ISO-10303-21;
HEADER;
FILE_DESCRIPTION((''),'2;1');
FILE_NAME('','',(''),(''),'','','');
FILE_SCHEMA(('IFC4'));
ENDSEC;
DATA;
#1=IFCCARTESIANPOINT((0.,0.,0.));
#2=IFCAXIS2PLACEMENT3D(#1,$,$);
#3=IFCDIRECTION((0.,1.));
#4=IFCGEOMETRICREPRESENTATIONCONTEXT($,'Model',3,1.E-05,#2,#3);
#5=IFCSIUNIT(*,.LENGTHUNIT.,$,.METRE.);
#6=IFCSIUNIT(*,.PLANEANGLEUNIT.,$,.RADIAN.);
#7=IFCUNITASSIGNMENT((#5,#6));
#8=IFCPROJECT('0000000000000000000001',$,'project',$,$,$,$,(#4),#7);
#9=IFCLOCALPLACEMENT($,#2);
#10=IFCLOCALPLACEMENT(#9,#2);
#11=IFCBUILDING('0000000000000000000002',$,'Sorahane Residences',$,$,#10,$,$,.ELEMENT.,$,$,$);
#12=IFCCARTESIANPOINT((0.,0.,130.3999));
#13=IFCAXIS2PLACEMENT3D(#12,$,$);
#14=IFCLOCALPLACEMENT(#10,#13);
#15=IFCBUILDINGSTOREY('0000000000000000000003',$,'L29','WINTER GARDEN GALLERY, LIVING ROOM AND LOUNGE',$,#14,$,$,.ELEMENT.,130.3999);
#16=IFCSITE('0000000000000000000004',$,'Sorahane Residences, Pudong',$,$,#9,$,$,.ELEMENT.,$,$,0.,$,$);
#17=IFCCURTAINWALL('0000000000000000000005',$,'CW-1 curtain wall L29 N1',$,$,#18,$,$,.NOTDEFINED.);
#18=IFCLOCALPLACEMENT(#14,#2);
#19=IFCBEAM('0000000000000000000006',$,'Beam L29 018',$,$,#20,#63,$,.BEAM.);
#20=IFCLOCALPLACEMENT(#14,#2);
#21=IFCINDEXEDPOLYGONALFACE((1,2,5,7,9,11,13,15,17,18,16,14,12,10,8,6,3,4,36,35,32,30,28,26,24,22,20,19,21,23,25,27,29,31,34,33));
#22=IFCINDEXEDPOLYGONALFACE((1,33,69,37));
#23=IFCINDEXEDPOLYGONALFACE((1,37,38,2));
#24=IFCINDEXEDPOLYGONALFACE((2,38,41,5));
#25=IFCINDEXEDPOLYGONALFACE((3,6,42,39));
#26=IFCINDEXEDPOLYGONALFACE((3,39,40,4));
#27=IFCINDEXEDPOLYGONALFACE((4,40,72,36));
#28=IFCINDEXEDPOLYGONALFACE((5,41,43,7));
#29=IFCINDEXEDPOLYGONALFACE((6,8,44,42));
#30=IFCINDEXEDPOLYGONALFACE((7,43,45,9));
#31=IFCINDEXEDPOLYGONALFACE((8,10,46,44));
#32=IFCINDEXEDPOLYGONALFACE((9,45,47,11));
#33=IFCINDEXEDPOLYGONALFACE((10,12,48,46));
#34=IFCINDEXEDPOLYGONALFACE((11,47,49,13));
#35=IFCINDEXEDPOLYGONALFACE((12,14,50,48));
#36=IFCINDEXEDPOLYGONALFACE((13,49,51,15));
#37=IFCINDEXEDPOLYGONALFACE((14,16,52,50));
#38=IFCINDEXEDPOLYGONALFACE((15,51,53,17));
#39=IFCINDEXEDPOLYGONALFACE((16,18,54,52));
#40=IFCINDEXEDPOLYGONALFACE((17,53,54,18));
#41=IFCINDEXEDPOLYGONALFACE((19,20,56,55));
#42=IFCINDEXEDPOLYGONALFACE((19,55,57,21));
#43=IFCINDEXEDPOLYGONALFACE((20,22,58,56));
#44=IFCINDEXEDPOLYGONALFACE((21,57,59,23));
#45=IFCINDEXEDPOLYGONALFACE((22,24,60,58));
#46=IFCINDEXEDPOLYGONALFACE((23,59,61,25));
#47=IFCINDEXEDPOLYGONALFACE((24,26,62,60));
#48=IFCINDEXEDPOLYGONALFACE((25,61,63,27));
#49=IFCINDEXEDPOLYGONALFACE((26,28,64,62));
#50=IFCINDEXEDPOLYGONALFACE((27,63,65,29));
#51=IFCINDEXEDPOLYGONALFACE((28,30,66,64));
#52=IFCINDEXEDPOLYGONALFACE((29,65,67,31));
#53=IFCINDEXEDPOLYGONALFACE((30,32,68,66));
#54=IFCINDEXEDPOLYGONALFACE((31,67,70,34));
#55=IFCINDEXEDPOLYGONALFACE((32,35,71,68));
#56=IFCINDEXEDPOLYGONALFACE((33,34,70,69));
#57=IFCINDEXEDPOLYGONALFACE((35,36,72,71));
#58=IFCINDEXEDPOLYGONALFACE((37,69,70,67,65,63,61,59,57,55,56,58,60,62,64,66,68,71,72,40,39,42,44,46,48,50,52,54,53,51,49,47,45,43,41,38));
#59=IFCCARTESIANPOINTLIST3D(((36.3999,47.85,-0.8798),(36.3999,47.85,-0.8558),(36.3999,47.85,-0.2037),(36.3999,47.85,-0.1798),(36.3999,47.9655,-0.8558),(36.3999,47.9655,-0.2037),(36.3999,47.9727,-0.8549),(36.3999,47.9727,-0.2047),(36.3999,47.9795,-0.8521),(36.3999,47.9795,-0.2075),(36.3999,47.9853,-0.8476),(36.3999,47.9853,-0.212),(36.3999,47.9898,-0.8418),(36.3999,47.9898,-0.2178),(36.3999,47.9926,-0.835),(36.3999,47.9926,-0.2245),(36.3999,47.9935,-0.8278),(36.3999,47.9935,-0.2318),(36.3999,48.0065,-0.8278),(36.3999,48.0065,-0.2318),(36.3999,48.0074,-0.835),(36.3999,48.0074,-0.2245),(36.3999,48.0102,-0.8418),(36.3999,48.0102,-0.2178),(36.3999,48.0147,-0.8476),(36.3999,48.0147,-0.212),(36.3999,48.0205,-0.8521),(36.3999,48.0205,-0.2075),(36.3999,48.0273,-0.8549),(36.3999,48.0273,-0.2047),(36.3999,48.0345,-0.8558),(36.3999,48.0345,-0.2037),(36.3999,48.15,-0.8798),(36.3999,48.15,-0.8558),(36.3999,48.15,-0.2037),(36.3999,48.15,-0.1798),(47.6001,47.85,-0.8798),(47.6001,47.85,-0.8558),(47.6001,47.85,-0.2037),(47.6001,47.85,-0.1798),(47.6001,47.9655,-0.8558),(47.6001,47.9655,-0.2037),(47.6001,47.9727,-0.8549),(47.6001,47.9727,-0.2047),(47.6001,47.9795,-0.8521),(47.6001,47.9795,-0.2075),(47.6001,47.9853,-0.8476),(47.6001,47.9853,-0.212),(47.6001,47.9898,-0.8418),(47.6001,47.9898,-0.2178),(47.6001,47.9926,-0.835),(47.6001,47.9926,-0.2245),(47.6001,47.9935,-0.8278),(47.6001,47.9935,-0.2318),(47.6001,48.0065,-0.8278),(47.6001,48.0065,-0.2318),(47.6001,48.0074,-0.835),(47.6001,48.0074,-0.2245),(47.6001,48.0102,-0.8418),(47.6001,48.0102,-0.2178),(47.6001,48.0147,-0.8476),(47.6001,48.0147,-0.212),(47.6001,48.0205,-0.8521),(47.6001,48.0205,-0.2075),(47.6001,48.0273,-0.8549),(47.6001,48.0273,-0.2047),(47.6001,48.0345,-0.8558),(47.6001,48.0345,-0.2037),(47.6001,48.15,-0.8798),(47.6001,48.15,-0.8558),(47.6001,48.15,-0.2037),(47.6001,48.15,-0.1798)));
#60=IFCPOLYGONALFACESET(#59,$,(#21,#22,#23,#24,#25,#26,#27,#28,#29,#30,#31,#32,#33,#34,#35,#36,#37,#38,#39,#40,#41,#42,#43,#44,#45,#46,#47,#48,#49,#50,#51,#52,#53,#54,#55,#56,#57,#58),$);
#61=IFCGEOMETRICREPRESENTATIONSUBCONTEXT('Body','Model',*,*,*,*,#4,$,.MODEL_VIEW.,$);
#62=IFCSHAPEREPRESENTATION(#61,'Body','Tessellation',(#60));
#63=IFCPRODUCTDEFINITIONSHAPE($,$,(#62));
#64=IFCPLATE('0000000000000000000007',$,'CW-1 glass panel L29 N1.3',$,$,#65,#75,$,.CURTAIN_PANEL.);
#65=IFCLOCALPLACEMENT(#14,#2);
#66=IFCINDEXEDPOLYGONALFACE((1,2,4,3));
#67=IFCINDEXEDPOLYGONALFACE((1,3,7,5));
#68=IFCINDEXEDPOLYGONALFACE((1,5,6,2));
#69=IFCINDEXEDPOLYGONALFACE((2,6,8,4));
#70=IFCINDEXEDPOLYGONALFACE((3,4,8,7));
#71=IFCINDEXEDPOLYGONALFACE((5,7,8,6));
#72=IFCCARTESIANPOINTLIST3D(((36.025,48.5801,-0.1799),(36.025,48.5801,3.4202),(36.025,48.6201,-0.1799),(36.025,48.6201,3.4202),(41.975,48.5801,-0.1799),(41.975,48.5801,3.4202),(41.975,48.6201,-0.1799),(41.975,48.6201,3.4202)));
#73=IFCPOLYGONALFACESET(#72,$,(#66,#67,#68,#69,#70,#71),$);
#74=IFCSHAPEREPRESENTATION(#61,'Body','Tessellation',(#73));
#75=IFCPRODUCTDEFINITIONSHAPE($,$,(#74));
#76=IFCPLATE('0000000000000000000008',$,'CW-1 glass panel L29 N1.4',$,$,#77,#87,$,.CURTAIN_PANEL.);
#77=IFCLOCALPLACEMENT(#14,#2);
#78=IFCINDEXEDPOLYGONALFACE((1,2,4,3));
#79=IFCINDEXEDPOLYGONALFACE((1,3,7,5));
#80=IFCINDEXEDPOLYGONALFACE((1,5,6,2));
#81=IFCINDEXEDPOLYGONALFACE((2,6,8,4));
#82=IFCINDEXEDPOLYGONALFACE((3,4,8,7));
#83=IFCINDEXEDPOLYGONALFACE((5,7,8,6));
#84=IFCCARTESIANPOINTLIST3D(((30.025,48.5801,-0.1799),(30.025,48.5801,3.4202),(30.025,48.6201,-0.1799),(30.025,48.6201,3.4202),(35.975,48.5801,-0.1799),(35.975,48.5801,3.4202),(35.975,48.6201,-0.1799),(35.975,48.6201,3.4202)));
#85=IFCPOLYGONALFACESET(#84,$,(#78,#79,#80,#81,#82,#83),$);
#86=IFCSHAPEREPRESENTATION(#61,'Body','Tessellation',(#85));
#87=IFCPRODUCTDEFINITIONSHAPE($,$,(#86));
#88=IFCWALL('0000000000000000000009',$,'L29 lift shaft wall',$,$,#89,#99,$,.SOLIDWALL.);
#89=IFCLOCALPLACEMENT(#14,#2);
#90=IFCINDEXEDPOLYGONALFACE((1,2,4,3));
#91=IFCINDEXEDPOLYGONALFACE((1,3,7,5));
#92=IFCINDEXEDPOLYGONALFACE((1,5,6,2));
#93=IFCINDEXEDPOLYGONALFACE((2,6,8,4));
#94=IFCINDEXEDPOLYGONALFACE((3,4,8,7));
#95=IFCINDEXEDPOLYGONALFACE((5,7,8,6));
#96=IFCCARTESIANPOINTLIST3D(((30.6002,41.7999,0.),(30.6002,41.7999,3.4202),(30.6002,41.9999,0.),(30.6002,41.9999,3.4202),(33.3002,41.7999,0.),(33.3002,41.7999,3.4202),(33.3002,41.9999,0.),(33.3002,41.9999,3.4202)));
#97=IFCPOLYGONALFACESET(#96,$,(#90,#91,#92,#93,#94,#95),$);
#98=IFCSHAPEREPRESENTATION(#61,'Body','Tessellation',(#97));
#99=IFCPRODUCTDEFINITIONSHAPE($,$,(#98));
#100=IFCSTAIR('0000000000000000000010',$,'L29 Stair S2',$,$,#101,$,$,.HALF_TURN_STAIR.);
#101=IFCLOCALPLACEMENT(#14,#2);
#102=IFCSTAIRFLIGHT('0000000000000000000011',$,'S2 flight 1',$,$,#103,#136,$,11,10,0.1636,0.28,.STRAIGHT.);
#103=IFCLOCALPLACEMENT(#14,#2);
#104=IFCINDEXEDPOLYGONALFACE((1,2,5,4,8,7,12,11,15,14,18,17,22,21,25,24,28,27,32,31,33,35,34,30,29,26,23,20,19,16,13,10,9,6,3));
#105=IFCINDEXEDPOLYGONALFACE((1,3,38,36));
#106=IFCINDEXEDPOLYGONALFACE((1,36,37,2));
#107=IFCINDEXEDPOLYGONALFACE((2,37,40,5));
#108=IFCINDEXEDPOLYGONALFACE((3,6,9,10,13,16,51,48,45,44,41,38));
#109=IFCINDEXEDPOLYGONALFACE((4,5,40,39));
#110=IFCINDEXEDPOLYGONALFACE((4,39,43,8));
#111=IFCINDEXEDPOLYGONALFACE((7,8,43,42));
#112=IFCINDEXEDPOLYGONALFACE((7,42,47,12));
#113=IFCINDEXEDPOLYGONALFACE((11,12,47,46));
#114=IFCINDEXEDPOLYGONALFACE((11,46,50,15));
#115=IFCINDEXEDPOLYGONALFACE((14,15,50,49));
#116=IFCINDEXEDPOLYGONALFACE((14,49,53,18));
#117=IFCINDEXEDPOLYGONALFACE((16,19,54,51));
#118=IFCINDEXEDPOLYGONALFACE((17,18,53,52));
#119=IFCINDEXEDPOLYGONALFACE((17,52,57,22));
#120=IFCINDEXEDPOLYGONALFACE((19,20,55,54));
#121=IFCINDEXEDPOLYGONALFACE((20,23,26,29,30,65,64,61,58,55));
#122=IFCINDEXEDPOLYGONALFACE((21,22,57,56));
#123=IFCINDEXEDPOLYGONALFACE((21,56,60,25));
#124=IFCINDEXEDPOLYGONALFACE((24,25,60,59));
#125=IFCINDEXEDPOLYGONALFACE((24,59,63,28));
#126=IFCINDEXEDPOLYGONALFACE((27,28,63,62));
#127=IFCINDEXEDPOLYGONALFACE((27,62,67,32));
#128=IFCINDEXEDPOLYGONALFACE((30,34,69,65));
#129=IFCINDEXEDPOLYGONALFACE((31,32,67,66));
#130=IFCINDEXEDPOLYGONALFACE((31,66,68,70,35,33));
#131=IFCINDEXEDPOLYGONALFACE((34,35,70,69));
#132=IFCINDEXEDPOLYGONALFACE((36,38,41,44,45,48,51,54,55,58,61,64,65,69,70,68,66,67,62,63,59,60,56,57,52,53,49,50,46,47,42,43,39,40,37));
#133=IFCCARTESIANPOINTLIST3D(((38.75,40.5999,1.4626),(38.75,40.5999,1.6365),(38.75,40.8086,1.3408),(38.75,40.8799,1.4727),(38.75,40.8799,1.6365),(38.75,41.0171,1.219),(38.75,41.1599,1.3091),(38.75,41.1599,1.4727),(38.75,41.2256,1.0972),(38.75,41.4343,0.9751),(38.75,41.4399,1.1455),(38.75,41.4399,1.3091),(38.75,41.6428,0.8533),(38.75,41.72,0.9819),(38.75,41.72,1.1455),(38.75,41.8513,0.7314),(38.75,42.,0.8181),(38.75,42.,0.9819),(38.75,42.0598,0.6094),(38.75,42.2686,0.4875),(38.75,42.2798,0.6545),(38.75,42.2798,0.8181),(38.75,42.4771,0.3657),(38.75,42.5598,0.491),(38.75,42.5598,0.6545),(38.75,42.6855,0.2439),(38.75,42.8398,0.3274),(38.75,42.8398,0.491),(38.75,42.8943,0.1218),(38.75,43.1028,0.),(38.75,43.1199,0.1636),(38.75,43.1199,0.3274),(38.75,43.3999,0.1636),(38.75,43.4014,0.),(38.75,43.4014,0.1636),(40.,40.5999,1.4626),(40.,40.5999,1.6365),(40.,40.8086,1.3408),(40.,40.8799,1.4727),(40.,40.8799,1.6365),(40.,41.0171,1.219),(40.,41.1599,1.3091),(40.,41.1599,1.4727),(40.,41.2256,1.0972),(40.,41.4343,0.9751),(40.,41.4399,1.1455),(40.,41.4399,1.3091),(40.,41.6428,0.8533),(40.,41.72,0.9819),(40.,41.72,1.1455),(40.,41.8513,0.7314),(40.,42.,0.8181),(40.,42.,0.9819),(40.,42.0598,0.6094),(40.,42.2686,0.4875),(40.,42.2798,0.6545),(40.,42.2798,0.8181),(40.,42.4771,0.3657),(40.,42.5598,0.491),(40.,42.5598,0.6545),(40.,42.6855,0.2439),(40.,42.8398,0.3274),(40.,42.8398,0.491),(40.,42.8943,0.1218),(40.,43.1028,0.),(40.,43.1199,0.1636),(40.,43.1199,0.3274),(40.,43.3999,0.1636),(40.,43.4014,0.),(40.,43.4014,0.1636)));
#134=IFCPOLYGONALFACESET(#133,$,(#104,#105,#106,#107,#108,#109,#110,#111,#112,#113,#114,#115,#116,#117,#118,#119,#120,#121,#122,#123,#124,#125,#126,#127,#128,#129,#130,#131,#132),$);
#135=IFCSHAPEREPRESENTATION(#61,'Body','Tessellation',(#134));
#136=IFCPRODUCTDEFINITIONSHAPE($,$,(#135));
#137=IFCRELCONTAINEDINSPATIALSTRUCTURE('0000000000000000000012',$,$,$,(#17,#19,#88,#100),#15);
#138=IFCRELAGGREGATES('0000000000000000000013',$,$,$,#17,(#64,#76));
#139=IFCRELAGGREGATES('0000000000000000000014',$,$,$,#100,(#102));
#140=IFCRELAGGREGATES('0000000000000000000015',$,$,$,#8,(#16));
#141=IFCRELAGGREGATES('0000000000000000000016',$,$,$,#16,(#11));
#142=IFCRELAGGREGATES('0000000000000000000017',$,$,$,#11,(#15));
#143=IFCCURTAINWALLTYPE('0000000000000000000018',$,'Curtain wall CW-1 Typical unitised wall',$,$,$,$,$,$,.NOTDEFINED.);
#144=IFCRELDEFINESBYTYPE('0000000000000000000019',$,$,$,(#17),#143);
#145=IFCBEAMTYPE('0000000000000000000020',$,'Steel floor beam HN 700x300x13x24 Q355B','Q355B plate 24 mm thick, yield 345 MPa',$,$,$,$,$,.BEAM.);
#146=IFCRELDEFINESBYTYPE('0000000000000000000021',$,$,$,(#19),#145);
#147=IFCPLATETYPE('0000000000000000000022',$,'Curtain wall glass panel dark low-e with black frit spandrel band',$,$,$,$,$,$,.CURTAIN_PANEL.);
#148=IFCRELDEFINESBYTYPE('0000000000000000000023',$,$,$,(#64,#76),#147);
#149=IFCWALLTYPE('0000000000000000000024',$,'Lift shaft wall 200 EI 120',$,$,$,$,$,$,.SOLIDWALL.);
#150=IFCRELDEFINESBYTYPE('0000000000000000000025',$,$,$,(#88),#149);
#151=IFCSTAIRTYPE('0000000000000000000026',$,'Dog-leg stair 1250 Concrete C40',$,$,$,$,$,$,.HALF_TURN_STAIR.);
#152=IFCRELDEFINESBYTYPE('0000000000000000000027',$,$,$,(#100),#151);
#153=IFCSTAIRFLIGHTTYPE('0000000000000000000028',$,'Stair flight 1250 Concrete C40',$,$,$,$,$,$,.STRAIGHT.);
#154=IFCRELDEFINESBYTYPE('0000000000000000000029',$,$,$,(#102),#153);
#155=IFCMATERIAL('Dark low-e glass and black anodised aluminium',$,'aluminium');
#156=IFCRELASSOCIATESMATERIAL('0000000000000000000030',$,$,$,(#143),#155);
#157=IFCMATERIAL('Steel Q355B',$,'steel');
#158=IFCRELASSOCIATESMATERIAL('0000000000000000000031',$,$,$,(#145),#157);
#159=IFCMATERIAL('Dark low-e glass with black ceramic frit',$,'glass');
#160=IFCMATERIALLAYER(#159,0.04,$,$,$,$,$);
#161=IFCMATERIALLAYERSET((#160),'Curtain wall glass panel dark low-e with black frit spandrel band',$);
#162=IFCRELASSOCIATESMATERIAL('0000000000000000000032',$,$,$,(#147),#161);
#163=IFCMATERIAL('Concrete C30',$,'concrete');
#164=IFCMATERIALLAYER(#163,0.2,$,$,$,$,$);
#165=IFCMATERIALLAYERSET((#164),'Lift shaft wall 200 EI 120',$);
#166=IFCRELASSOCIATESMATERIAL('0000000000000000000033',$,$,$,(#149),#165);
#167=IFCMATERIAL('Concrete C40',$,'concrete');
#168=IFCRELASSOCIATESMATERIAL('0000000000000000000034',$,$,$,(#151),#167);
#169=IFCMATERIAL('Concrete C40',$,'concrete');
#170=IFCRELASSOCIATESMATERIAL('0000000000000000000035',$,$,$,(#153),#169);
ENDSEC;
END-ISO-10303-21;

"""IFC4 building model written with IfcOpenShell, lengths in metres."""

from ifc_helpers import new_model, si_unit, direction, frame, frame_2d, origin, origin_2d, place, context, subcontext, project, spatial, polyline, rectangle, i_section, outline, extrude, material, layer, layer_set, material_profile, profile_set, type_object, element, aggregate, save


model = new_model("IFC4")

# Units and contexts
model_context = context("Model", 3, precision=1e-05, world=origin(), true_north=direction((0.0, 1.0)))
body_context = subcontext(model_context, "Body", "Model", "MODEL_VIEW")
ifc_project = project(units=[si_unit("LENGTHUNIT", "METRE"), si_unit("PLANEANGLEUNIT", "RADIAN")], contexts=[model_context])

# Site, building, storey
site_placement = place(None, origin())
site = spatial("IfcSite", under=ifc_project, at=site_placement, Name="Sorahane Residences, Pudong", CompositionType="ELEMENT", RefElevation=0.0)
building_placement = place(site_placement, origin())
building = spatial("IfcBuilding", under=site, at=building_placement, Name="Sorahane Residences", CompositionType="ELEMENT")
storey_placement = place(building_placement, frame((0.0, 0.0, 130.3999)))
storey = spatial("IfcBuildingStorey", under=building, at=storey_placement, Name="L29", Description="WINTER GARDEN GALLERY, LIVING ROOM AND LOUNGE", CompositionType="ELEMENT", Elevation=130.3999)

# Curtain wall
ifc_material_1 = material(Name="Dark low-e glass and black anodised aluminium", Category="aluminium")
curtain_wall_type = type_object("IfcCurtainWallType", Name="Curtain wall CW-1 Typical unitised wall", PredefinedType="NOTDEFINED", material=ifc_material_1)
curtain_wall_placement = place(storey_placement, origin())
curtain_wall = element("IfcCurtainWall", 1, at=curtain_wall_placement, inside=storey, type_object=curtain_wall_type, Name="CW-1 curtain wall L29 N1", PredefinedType="NOTDEFINED")

# Beam
ifc_material_2 = material(Name="Steel Q355B", Category="steel")
ifc_material_profile_1 = material_profile(ifc_material_2, i_section(OverallWidth=0.3, OverallDepth=0.7, WebThickness=0.0129, FlangeThickness=0.0239, FilletRadius=0.0281, at=origin_2d()), Name="HN 700x300x13x24")
ifc_profile_set_1 = profile_set([ifc_material_profile_1], Name="Steel Q355B")
beam_type_1 = type_object("IfcBeamType", Name="Steel floor beam HN 700x300x13x24 Q355B", Description="Q355B plate 24 mm thick, yield 345 MPa", PredefinedType="BEAM", material=ifc_profile_set_1)
beam_1_placement = place(storey_placement, frame((36.3999, 48.0, -0.5298), z_axis=(1.0, 0.0, 0.0), x_axis=(0.0, 1.0, 0.0)))
element("IfcBeam", 2, at=beam_1_placement, inside=storey, type_object=beam_type_1, Name="Beam L29 018", PredefinedType="BEAM", context=body_context, shape_type="SweptSolid", body=[
    extrude(i_section(OverallWidth=0.3, OverallDepth=0.7, WebThickness=0.0129, FlangeThickness=0.0239, FilletRadius=0.0281, at=origin_2d()), origin(), (0.0, 0.0, 1.0), 11.2002),
])

# Plates
ifc_material_3 = material(Name="Dark low-e glass with black ceramic frit", Category="glass")
ifc_layer_1 = layer(ifc_material_3, 0.04)
ifc_layer_set_1 = layer_set([ifc_layer_1], Name="Curtain wall glass panel dark low-e with black frit spandrel band")
plate_type = type_object("IfcPlateType", Name="Curtain wall glass panel dark low-e with black frit spandrel band", PredefinedType="CURTAIN_PANEL", material=ifc_layer_set_1)
plate_1_placement = place(storey_placement, frame((39.0, 48.6001, -0.1799), z_axis=(0.0, 0.0, 1.0), x_axis=(-1.0, 0.0, 0.0)))
plate_1 = element("IfcPlate", 3, at=plate_1_placement, type_object=plate_type, Name="CW-1 glass panel L29 N1.3", PredefinedType="CURTAIN_PANEL", context=body_context, shape_type="SweptSolid", body=[
    extrude(rectangle(XDim=5.95, YDim=0.04, at=origin_2d()), origin(), (0.0, 0.0, 1.0), 3.6001),
])
plate_2_placement = place(storey_placement, frame((33.0, 48.6001, -0.1799), z_axis=(0.0, 0.0, 1.0), x_axis=(-1.0, 0.0, 0.0)))
plate_2 = element("IfcPlate", 4, at=plate_2_placement, type_object=plate_type, Name="CW-1 glass panel L29 N1.4", PredefinedType="CURTAIN_PANEL", context=body_context, shape_type="SweptSolid", body=[
    extrude(rectangle(XDim=5.95, YDim=0.04, at=origin_2d()), origin(), (0.0, 0.0, 1.0), 3.6001),
])
aggregate(curtain_wall, [plate_1, plate_2])

# Wall
ifc_material_4 = material(Name="Concrete C30", Category="concrete")
ifc_layer_2 = layer(ifc_material_4, 0.2)
ifc_layer_set_2 = layer_set([ifc_layer_2], Name="Lift shaft wall 200 EI 120")
wall_type = type_object("IfcWallType", Name="Lift shaft wall 200 EI 120", PredefinedType="SOLIDWALL", material=ifc_layer_set_2)
wall_placement = place(storey_placement, frame((30.6001, 41.8999, 0.0), z_axis=(0.0, 0.0, 1.0), x_axis=(1.0, 0.0, 0.0)))
element("IfcWall", 5, at=wall_placement, inside=storey, type_object=wall_type, Name="L29 lift shaft wall", PredefinedType="SOLIDWALL", context=body_context, shape_type="SweptSolid", body=[
    extrude(rectangle(XDim=2.7, YDim=0.2, at=frame_2d((1.3501, 0.0))), origin(), (0.0, 0.0, 1.0), 3.4202),
])

# Stair, stair flight
ifc_material_5 = material(Name="Concrete C40", Category="concrete")
stair_type = type_object("IfcStairType", Name="Dog-leg stair 1250 Concrete C40", PredefinedType="HALF_TURN_STAIR", material=ifc_material_5)
stair_placement = place(storey_placement, origin())
stair = element("IfcStair", 6, at=stair_placement, inside=storey, type_object=stair_type, Name="L29 Stair S2", PredefinedType="HALF_TURN_STAIR")
ifc_material_6 = material(Name="Concrete C40", Category="concrete")
stair_flight_type = type_object("IfcStairFlightType", Name="Stair flight 1250 Concrete C40", PredefinedType="STRAIGHT", material=ifc_material_6)
stair_flight_placement = place(storey_placement, frame((39.375, 43.3999, 0.0), z_axis=(0.0, 0.0, 1.0), x_axis=(0.0, -1.0, 0.0)))
stair_flight = element("IfcStairFlight", 7, at=stair_flight_placement, type_object=stair_flight_type, Name="S2 flight 1", NumberOfRisers=11, NumberOfTreads=10, PredefinedType="STRAIGHT", RiserHeight=0.1636, TreadLength=0.28, context=body_context, shape_type="SweptSolid", body=[
    extrude(outline(polyline([(-0.0015, 0.0), (-0.0015, 0.1636), (0.0, 0.1636), (0.28, 0.1636), (0.28, 0.3274), (0.5601, 0.3274), (0.5601, 0.491), (0.8401, 0.491), (0.8401, 0.6545), (1.1201, 0.6545), (1.1201, 0.8181), (1.3999, 0.8181), (1.3999, 0.9819), (1.6799, 0.9819), (1.6799, 1.1455), (1.96, 1.1455), (1.96, 1.3091), (2.24, 1.3091), (2.24, 1.4727), (2.52, 1.4727), (2.52, 1.6365), (2.8, 1.6365), (2.8, 1.8), (2.8, 1.4626), (2.5913, 1.3408), (2.3828, 1.219), (2.1743, 1.0972), (1.9656, 0.9751), (1.7571, 0.8533), (1.5486, 0.7314), (1.3401, 0.6094), (1.1313, 0.4875), (0.9229, 0.3657), (0.7144, 0.2439), (0.5056, 0.1218), (0.2971, 0.0), (-0.0015, 0.0)])), frame((0.0, 0.625, 0.0), z_axis=(0.0, -1.0, 0.0), x_axis=(1.0, 0.0, 0.0)), (0.0, 0.0, 1.0), 1.25),
])
aggregate(stair, [stair_flight])

save(model, "model.ifc")
